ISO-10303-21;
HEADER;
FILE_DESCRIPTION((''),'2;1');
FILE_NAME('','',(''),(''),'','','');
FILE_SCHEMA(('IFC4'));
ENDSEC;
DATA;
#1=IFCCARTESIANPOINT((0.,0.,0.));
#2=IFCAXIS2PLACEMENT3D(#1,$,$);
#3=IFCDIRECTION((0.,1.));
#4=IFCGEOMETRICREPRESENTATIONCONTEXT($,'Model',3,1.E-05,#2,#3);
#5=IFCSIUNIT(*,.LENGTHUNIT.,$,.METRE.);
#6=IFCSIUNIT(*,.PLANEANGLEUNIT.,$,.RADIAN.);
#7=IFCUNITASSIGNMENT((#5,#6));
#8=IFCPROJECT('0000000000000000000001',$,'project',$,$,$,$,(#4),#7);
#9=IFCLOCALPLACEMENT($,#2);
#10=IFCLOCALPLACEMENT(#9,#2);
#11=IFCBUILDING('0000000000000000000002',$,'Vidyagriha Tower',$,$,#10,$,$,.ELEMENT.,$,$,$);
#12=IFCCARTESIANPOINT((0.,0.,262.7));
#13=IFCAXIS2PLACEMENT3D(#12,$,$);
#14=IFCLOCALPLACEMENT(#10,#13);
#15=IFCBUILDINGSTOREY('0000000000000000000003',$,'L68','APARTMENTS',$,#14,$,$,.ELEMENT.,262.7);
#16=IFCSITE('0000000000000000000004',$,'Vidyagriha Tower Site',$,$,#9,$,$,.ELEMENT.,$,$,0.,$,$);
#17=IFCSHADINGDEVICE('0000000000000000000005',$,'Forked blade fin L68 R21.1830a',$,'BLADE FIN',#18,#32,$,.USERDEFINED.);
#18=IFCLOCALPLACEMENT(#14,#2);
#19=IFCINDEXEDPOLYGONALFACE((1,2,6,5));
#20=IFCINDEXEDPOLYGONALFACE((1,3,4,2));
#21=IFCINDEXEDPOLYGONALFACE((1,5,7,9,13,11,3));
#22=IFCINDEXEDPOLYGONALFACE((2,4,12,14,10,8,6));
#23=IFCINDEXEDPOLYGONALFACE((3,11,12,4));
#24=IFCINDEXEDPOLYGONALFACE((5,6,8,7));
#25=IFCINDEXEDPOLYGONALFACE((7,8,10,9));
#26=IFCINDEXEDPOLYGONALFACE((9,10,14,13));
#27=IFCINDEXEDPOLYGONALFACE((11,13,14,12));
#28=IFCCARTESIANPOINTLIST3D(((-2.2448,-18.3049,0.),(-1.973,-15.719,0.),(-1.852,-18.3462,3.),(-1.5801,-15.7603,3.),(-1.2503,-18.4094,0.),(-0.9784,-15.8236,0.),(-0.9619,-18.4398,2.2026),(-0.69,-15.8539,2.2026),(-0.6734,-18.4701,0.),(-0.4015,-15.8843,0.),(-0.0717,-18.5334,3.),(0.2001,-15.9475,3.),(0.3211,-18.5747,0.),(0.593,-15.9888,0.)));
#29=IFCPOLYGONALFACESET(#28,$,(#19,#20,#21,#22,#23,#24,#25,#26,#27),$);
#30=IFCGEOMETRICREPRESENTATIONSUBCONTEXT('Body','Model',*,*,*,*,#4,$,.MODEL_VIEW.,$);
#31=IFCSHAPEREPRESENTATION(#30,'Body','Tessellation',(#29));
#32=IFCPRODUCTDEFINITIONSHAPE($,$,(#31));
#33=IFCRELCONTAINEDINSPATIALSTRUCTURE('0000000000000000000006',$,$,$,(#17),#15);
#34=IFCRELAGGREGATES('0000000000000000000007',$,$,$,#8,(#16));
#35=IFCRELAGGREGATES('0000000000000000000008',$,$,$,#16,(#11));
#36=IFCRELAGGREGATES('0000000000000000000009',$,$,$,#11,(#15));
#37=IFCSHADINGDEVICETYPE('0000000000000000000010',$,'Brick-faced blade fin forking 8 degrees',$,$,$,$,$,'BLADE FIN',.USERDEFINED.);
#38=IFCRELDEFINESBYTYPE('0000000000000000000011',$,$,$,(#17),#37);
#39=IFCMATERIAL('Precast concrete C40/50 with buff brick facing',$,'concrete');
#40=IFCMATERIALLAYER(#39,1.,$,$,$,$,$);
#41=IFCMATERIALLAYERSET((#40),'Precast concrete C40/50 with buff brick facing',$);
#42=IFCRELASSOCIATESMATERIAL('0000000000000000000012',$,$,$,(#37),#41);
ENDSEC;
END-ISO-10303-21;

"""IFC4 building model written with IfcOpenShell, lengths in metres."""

from ifc_helpers import new_model, si_unit, direction, frame, origin, place, context, subcontext, project, spatial, polyline, outline, extrude, material, layer, layer_set, type_object, element, save


model = new_model("IFC4")

# Units and contexts
model_context = context("Model", 3, precision=1e-05, world=origin(), true_north=direction((0.0, 1.0)))
body_context = subcontext(model_context, "Body", "Model", "MODEL_VIEW")
ifc_project = project(units=[si_unit("LENGTHUNIT", "METRE"), si_unit("PLANEANGLEUNIT", "RADIAN")], contexts=[model_context])

# Site, building, storey
site_placement = place(None, origin())
site = spatial("IfcSite", under=ifc_project, at=site_placement, Name="Vidyagriha Tower Site", CompositionType="ELEMENT", RefElevation=0.0)
building_placement = place(site_placement, origin())
building = spatial("IfcBuilding", under=site, at=building_placement, Name="Vidyagriha Tower", CompositionType="ELEMENT")
storey_placement = place(building_placement, frame((0.0, 0.0, 262.7)))
storey = spatial("IfcBuildingStorey", under=building, at=storey_placement, Name="L68", Description="APARTMENTS", CompositionType="ELEMENT", Elevation=262.7)

# Shading device
ifc_material_1 = material(Name="Precast concrete C40/50 with buff brick facing", Category="concrete")
ifc_layer_1 = layer(ifc_material_1, 1.0)
ifc_layer_set_1 = layer_set([ifc_layer_1], Name="Precast concrete C40/50 with buff brick facing")
shading_device_type_1 = type_object("IfcShadingDeviceType", Name="Brick-faced blade fin forking 8 degrees", ElementType="BLADE FIN", PredefinedType="USERDEFINED", material=ifc_layer_set_1)
shading_device_1_placement = place(storey_placement, frame((-2.1089, -17.012, 0.0), z_axis=(0.0, 0.0, 1.0), x_axis=(0.994518, -0.104562, 0.0)))
element("IfcShadingDevice", 1, at=shading_device_1_placement, inside=storey, type_object=shading_device_type_1, Name="Forked blade fin L68 R21.1830a", ObjectType="BLADE FIN", PredefinedType="USERDEFINED", context=body_context, shape_type="SweptSolid", body=[
    extrude(outline(polyline([(1.0, 0.0), (1.29, 2.2026), (1.5801, 0.0), (2.5801, 0.0), (2.1851, 3.0), (0.395, 3.0), (0.0, 0.0), (1.0, 0.0)])), frame((0.0, 1.3, 0.0), z_axis=(0.0, -1.0, 0.0), x_axis=(1.0, 0.0, 0.0)), (0.0, 0.0, 1.0), 2.6001),
])

save(model, "model.ifc")
